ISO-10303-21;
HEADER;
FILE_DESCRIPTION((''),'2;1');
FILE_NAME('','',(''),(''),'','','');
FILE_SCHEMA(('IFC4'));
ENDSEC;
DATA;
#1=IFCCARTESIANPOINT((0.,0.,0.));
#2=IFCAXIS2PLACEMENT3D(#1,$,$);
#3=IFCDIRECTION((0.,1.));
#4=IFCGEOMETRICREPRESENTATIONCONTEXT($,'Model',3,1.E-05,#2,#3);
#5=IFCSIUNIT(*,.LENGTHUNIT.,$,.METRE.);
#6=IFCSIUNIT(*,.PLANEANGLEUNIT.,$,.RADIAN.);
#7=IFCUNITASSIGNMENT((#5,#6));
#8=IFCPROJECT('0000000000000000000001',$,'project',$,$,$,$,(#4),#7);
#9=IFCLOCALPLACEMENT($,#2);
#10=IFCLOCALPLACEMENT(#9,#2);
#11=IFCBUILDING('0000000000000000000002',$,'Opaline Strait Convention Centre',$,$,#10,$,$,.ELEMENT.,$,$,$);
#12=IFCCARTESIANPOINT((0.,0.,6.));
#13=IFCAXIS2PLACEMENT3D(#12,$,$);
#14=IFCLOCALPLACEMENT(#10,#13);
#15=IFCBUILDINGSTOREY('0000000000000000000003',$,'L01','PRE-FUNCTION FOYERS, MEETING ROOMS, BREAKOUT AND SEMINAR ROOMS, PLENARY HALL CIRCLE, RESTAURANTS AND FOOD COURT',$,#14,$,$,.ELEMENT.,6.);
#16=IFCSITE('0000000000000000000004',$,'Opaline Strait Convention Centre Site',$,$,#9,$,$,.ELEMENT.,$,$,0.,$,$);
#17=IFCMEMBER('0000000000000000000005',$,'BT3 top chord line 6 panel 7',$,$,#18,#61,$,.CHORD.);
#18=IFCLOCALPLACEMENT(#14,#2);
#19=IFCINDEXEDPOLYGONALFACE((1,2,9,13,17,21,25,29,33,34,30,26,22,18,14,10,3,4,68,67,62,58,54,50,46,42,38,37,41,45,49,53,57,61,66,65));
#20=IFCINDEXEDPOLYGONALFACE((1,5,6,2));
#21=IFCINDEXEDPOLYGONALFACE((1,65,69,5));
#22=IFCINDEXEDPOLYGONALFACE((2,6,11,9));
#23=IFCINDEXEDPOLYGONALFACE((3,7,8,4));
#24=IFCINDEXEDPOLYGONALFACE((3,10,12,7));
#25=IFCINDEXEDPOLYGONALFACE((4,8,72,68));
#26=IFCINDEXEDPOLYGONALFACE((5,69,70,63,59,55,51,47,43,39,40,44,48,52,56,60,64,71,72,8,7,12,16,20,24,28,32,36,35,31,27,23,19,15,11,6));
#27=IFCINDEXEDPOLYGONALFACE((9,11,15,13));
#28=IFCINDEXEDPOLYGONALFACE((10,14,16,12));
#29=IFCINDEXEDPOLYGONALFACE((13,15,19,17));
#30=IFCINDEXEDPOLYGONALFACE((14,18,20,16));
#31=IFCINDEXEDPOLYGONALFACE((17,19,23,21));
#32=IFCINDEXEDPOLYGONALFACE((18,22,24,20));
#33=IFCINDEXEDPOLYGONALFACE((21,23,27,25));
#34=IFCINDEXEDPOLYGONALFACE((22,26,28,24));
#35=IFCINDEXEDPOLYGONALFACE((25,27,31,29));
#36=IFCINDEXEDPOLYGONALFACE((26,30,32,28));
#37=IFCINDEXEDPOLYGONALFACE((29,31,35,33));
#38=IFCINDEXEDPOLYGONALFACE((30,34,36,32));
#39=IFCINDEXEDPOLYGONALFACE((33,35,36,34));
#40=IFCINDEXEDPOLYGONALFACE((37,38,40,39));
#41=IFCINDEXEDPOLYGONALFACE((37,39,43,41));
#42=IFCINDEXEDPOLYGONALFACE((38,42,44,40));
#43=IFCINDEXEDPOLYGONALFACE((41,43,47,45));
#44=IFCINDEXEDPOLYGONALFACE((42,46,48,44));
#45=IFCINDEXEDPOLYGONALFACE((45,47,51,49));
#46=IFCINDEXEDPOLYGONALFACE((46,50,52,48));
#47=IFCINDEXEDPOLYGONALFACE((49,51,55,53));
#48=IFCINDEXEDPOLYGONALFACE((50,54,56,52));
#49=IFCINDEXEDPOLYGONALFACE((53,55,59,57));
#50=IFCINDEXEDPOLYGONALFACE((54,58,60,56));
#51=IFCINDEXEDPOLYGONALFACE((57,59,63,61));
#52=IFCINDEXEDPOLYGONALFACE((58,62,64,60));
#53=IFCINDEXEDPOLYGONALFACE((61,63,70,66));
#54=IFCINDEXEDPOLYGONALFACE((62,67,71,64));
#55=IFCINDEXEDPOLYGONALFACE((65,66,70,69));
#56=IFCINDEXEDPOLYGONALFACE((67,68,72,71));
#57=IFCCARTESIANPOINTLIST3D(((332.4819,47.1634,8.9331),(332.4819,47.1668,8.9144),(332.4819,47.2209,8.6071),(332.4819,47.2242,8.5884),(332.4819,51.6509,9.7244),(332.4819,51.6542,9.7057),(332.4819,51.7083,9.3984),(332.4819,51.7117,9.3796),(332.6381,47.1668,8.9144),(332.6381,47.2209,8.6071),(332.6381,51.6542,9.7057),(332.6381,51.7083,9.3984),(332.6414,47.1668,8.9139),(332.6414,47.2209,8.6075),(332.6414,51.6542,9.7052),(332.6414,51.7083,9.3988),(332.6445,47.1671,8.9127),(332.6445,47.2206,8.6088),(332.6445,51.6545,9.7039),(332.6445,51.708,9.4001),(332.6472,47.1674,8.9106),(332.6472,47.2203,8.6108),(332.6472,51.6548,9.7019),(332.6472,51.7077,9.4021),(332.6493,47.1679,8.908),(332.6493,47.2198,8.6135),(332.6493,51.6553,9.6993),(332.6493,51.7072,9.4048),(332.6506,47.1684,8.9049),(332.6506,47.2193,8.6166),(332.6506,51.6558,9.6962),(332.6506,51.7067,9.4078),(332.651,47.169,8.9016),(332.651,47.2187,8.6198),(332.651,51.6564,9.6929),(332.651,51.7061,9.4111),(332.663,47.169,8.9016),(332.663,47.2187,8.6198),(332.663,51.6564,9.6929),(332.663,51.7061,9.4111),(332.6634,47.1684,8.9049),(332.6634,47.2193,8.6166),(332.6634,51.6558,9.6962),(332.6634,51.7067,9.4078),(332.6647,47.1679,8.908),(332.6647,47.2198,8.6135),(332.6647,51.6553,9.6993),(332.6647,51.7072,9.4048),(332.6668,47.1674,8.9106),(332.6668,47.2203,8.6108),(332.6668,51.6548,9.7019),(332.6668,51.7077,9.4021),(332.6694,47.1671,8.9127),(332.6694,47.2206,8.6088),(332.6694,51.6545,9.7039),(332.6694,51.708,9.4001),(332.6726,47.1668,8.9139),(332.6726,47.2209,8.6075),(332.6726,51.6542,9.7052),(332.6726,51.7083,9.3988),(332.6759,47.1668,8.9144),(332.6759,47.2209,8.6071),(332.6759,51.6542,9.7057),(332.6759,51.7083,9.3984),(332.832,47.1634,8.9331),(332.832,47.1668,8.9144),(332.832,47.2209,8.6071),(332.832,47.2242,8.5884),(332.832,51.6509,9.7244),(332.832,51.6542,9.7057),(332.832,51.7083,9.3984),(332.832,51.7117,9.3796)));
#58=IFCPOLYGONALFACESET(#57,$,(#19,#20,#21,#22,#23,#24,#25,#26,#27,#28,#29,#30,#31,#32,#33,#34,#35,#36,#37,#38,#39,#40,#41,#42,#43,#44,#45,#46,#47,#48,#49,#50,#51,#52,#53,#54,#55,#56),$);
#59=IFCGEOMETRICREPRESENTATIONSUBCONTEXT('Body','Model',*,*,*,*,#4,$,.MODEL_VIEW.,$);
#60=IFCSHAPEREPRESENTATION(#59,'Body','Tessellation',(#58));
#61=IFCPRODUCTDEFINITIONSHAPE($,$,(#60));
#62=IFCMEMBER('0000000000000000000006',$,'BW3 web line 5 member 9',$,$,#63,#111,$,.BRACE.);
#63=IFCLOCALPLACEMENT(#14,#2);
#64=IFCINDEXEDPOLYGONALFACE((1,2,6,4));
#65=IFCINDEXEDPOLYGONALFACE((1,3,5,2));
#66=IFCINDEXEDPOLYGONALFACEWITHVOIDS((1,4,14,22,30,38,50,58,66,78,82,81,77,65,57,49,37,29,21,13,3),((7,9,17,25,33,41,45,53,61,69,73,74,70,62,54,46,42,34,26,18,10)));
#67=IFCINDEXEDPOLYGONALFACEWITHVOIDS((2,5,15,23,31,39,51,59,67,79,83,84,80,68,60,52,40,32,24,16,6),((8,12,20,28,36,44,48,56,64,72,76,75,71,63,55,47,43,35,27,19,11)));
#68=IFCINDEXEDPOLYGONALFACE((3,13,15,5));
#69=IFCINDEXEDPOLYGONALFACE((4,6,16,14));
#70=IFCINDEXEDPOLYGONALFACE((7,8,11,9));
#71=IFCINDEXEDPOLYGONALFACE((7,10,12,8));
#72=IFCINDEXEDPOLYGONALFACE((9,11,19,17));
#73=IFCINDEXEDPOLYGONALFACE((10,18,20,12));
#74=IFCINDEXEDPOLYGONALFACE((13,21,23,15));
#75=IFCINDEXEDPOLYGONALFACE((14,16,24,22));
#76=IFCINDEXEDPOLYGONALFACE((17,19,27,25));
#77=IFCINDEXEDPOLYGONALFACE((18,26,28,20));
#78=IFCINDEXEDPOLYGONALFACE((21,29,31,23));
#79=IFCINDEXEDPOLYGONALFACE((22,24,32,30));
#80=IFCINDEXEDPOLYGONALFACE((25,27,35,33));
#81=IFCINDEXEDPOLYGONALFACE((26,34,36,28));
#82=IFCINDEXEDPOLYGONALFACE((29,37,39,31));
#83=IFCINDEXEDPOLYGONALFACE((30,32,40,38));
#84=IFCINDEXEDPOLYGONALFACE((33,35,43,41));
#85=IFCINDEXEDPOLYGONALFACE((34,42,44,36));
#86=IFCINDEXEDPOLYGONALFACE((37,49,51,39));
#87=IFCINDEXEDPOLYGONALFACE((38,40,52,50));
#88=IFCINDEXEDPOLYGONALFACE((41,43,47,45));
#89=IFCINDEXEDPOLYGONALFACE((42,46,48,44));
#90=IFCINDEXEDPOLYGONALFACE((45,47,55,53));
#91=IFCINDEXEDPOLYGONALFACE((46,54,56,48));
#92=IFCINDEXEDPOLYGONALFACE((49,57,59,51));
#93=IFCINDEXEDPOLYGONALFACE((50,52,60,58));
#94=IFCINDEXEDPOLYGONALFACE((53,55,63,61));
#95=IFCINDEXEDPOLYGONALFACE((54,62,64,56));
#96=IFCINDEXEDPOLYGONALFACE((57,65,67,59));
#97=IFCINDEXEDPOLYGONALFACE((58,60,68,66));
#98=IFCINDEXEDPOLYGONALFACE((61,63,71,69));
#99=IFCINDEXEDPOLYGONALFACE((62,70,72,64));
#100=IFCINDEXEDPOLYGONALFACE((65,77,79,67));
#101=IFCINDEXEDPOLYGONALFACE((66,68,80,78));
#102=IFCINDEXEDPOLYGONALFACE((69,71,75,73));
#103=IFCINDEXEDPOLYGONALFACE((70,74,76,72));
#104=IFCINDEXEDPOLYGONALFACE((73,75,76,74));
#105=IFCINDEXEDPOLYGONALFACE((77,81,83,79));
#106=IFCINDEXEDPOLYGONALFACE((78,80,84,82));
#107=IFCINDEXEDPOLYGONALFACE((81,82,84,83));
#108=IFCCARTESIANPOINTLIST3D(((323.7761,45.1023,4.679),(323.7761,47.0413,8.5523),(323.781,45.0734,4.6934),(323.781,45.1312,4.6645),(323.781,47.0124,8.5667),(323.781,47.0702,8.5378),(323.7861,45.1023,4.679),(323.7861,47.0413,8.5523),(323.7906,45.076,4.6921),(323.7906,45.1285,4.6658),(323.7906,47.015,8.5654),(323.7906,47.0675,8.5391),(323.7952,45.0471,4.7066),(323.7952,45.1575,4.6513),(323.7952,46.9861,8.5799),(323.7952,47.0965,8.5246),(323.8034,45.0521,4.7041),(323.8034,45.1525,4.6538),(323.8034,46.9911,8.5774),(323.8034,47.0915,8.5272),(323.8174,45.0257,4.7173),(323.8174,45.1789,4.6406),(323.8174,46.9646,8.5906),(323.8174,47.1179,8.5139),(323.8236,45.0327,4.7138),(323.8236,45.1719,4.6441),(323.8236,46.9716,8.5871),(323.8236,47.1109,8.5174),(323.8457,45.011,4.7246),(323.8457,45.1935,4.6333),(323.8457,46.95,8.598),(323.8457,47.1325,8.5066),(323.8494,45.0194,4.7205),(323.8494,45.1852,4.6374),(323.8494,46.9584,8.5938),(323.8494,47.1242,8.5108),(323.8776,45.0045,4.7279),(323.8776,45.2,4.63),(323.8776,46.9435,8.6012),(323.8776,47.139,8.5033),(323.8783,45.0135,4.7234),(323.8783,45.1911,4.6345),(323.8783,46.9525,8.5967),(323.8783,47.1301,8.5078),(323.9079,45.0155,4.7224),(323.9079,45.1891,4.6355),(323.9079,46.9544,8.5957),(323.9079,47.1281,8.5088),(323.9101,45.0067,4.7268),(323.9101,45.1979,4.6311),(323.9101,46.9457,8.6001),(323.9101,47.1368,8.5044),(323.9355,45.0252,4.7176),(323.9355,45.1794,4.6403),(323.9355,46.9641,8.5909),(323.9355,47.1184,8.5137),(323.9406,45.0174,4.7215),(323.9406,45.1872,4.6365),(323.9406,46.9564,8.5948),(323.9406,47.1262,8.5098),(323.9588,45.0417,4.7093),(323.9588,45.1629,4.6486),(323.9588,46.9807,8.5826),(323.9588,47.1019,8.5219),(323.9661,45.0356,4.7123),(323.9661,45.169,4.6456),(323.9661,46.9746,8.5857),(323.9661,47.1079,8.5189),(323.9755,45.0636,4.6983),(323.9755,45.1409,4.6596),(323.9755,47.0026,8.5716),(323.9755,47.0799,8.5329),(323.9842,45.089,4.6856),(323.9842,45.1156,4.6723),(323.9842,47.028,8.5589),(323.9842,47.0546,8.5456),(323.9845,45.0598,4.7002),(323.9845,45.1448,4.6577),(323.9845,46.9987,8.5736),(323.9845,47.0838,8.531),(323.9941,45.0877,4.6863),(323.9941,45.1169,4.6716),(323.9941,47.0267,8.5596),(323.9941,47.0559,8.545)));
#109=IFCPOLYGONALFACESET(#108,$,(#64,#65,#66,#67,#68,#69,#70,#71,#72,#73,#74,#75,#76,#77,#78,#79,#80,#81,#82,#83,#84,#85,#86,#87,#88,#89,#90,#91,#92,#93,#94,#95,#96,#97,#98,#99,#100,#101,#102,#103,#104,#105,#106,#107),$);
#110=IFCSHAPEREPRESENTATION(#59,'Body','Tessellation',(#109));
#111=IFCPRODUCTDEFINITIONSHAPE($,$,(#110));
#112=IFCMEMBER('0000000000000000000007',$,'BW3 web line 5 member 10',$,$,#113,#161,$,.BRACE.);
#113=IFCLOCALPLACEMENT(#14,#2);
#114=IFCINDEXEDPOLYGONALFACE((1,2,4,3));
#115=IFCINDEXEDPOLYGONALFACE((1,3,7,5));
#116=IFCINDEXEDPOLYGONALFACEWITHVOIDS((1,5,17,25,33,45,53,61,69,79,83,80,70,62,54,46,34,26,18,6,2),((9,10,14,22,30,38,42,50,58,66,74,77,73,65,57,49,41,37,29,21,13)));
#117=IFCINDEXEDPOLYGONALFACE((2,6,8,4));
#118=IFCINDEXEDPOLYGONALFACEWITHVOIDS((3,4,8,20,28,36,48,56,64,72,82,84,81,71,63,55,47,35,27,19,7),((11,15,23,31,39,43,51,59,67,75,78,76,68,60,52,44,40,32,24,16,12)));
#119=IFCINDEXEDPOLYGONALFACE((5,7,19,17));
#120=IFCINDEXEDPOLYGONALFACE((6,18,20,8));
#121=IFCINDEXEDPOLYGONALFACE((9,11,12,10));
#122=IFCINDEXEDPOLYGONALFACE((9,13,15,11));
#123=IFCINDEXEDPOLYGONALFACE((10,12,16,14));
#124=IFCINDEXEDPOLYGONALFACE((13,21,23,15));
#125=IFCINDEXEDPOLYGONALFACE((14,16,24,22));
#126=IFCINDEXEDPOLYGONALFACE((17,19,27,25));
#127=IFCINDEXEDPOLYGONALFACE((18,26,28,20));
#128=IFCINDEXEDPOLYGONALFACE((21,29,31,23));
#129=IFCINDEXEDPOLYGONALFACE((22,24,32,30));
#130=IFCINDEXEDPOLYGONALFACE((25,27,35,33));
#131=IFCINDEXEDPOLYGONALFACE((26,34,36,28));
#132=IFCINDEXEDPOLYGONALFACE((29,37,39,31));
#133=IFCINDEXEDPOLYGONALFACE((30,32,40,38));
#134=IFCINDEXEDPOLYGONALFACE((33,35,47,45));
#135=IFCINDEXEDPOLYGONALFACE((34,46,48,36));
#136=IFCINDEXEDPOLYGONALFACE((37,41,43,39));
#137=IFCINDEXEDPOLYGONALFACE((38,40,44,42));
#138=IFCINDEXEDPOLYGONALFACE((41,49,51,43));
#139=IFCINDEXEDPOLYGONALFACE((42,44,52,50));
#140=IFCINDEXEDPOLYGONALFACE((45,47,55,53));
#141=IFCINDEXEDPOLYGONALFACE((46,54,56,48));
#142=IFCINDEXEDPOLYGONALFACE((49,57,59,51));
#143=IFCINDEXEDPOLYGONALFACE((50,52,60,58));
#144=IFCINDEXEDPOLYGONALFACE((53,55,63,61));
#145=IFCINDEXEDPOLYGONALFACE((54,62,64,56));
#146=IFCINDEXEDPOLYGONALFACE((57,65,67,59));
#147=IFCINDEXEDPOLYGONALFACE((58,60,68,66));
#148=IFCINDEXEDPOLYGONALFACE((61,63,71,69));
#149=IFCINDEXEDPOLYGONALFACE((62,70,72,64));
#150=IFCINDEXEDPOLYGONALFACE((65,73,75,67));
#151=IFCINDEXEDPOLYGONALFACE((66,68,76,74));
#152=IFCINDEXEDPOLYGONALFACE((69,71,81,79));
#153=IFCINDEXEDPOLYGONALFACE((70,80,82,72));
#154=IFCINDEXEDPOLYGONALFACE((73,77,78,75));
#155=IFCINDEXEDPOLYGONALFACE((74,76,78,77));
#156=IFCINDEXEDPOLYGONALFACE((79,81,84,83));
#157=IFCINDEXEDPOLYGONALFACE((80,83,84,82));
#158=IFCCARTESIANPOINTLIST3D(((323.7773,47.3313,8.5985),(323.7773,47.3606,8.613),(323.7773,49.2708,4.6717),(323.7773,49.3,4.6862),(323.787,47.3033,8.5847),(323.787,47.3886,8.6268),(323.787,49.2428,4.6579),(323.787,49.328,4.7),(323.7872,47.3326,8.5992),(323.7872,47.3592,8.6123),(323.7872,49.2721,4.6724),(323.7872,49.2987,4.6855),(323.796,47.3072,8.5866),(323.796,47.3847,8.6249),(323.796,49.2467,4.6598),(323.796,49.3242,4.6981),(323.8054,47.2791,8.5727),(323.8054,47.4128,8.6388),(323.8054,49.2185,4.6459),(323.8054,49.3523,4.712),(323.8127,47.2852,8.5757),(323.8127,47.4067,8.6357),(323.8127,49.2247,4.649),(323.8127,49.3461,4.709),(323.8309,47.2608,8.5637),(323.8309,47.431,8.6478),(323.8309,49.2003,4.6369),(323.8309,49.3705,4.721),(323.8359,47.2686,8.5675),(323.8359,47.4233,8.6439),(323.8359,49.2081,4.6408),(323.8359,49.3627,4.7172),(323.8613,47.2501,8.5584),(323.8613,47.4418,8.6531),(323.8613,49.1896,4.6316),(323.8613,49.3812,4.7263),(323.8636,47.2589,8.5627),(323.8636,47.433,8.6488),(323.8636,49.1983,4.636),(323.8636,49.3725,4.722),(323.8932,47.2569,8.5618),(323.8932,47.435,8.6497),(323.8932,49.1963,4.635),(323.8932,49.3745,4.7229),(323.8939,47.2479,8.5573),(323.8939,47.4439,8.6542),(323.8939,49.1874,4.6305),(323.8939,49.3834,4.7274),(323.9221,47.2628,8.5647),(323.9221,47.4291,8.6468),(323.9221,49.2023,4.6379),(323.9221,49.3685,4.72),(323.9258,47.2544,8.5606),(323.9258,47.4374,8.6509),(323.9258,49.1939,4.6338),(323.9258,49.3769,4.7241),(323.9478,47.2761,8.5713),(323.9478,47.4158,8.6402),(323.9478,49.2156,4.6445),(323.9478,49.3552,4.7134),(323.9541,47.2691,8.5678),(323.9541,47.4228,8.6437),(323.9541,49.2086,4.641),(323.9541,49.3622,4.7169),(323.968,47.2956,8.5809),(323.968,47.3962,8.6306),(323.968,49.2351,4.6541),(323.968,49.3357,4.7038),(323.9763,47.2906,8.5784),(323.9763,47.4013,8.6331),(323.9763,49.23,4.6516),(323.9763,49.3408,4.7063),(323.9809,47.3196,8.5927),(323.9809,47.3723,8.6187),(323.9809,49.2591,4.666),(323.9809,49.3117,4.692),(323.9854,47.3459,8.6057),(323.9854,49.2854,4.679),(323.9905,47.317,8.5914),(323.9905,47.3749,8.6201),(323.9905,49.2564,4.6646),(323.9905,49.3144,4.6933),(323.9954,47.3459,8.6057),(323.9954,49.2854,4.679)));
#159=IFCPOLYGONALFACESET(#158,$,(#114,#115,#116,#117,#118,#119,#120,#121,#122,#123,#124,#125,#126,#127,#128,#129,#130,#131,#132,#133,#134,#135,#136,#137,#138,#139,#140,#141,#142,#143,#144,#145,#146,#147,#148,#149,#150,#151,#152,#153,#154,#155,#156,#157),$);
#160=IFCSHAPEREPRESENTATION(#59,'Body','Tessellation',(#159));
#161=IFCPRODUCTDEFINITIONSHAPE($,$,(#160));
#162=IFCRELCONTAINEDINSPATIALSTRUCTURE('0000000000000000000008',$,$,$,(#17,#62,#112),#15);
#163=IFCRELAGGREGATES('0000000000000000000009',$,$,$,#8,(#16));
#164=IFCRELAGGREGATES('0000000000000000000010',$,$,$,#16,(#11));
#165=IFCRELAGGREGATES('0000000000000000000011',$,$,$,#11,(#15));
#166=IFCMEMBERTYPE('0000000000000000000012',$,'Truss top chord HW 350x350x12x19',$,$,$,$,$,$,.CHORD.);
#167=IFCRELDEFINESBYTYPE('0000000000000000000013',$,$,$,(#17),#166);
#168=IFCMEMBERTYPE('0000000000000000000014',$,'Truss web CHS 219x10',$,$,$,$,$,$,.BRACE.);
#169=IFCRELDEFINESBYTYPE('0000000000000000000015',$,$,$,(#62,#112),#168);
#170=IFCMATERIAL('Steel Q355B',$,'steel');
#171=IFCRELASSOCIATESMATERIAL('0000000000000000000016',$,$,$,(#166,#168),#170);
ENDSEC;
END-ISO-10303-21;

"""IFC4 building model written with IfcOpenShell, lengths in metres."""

from ifc_helpers import new_model, si_unit, direction, frame, origin, origin_2d, place, context, subcontext, project, spatial, hollow_circle, i_section, extrude, material, material_profile, profile_set, type_object, element, save


model = new_model("IFC4")

# Units and contexts
model_context = context("Model", 3, precision=1e-05, world=origin(), true_north=direction((0.0, 1.0)))
body_context = subcontext(model_context, "Body", "Model", "MODEL_VIEW")
ifc_project = project(units=[si_unit("LENGTHUNIT", "METRE"), si_unit("PLANEANGLEUNIT", "RADIAN")], contexts=[model_context])

# Site, building, storey
site_placement = place(None, origin())
site = spatial("IfcSite", under=ifc_project, at=site_placement, Name="Opaline Strait Convention Centre Site", CompositionType="ELEMENT", RefElevation=0.0)
building_placement = place(site_placement, origin())
building = spatial("IfcBuilding", under=site, at=building_placement, Name="Opaline Strait Convention Centre", CompositionType="ELEMENT")
storey_placement = place(building_placement, frame((0.0, 0.0, 6.0)))
storey = spatial("IfcBuildingStorey", under=building, at=storey_placement, Name="L01", Description="PRE-FUNCTION FOYERS, MEETING ROOMS, BREAKOUT AND SEMINAR ROOMS, PLENARY HALL CIRCLE, RESTAURANTS AND FOOD COURT", CompositionType="ELEMENT", Elevation=6.0)

# Members
ifc_material_1 = material(Name="Steel Q355B", Category="steel")
ifc_material_profile_1 = material_profile(ifc_material_1, i_section(OverallWidth=0.3501, OverallDepth=0.3501, WebThickness=0.012, FlangeThickness=0.019, FilletRadius=0.0129, at=origin_2d()), Name="HW 350x350x12x19")
ifc_profile_set_1 = profile_set([ifc_material_profile_1], Name="Steel Q355B")
member_type_1 = type_object("IfcMemberType", Name="Truss top chord HW 350x350x12x19", PredefinedType="CHORD", material=ifc_profile_set_1)
member_1_placement = place(storey_placement, frame((332.657, 47.1938, 8.7607), z_axis=(0.0, 0.984807, 0.173654), x_axis=(-1.0, 0.0, 0.0)))
element("IfcMember", 1, at=member_1_placement, inside=storey, type_object=member_type_1, Name="BT3 top chord line 6 panel 7", PredefinedType="CHORD", context=body_context, shape_type="SweptSolid", body=[
    extrude(i_section(OverallWidth=0.3501, OverallDepth=0.3501, WebThickness=0.012, FlangeThickness=0.019, FilletRadius=0.0129, at=origin_2d()), origin(), (0.0, 0.0, 1.0), 4.5566),
])
ifc_material_profile_2 = material_profile(ifc_material_1, hollow_circle(Radius=0.1096, WallThickness=0.01, at=origin_2d()), Name="CHS 219x10")
ifc_profile_set_2 = profile_set([ifc_material_profile_2], Name="Steel Q355B")
member_type_2 = type_object("IfcMemberType", Name="Truss web CHS 219x10", PredefinedType="BRACE", material=ifc_profile_set_2)
member_2_placement = place(storey_placement, frame((323.8857, 45.1023, 4.679), z_axis=(0.0, 0.447642, 0.894213), x_axis=(-1.0, 0.0, 0.0)))
element("IfcMember", 2, at=member_2_placement, inside=storey, type_object=member_type_2, Name="BW3 web line 5 member 9", PredefinedType="BRACE", context=body_context, shape_type="SweptSolid", body=[
    extrude(hollow_circle(Radius=0.1096, WallThickness=0.01, at=origin_2d()), origin(), (0.0, 0.0, 1.0), 4.3315),
])
member_3_placement = place(storey_placement, frame((323.8857, 49.2854, 4.679), z_axis=(0.0, -0.442838, 0.896602), x_axis=(1.0, 0.0, 0.0)))
element("IfcMember", 3, at=member_3_placement, inside=storey, type_object=member_type_2, Name="BW3 web line 5 member 10", PredefinedType="BRACE", context=body_context, shape_type="SweptSolid", body=[
    extrude(hollow_circle(Radius=0.1096, WallThickness=0.01, at=origin_2d()), origin(), (0.0, 0.0, 1.0), 4.3796),
])

save(model, "model.ifc")
